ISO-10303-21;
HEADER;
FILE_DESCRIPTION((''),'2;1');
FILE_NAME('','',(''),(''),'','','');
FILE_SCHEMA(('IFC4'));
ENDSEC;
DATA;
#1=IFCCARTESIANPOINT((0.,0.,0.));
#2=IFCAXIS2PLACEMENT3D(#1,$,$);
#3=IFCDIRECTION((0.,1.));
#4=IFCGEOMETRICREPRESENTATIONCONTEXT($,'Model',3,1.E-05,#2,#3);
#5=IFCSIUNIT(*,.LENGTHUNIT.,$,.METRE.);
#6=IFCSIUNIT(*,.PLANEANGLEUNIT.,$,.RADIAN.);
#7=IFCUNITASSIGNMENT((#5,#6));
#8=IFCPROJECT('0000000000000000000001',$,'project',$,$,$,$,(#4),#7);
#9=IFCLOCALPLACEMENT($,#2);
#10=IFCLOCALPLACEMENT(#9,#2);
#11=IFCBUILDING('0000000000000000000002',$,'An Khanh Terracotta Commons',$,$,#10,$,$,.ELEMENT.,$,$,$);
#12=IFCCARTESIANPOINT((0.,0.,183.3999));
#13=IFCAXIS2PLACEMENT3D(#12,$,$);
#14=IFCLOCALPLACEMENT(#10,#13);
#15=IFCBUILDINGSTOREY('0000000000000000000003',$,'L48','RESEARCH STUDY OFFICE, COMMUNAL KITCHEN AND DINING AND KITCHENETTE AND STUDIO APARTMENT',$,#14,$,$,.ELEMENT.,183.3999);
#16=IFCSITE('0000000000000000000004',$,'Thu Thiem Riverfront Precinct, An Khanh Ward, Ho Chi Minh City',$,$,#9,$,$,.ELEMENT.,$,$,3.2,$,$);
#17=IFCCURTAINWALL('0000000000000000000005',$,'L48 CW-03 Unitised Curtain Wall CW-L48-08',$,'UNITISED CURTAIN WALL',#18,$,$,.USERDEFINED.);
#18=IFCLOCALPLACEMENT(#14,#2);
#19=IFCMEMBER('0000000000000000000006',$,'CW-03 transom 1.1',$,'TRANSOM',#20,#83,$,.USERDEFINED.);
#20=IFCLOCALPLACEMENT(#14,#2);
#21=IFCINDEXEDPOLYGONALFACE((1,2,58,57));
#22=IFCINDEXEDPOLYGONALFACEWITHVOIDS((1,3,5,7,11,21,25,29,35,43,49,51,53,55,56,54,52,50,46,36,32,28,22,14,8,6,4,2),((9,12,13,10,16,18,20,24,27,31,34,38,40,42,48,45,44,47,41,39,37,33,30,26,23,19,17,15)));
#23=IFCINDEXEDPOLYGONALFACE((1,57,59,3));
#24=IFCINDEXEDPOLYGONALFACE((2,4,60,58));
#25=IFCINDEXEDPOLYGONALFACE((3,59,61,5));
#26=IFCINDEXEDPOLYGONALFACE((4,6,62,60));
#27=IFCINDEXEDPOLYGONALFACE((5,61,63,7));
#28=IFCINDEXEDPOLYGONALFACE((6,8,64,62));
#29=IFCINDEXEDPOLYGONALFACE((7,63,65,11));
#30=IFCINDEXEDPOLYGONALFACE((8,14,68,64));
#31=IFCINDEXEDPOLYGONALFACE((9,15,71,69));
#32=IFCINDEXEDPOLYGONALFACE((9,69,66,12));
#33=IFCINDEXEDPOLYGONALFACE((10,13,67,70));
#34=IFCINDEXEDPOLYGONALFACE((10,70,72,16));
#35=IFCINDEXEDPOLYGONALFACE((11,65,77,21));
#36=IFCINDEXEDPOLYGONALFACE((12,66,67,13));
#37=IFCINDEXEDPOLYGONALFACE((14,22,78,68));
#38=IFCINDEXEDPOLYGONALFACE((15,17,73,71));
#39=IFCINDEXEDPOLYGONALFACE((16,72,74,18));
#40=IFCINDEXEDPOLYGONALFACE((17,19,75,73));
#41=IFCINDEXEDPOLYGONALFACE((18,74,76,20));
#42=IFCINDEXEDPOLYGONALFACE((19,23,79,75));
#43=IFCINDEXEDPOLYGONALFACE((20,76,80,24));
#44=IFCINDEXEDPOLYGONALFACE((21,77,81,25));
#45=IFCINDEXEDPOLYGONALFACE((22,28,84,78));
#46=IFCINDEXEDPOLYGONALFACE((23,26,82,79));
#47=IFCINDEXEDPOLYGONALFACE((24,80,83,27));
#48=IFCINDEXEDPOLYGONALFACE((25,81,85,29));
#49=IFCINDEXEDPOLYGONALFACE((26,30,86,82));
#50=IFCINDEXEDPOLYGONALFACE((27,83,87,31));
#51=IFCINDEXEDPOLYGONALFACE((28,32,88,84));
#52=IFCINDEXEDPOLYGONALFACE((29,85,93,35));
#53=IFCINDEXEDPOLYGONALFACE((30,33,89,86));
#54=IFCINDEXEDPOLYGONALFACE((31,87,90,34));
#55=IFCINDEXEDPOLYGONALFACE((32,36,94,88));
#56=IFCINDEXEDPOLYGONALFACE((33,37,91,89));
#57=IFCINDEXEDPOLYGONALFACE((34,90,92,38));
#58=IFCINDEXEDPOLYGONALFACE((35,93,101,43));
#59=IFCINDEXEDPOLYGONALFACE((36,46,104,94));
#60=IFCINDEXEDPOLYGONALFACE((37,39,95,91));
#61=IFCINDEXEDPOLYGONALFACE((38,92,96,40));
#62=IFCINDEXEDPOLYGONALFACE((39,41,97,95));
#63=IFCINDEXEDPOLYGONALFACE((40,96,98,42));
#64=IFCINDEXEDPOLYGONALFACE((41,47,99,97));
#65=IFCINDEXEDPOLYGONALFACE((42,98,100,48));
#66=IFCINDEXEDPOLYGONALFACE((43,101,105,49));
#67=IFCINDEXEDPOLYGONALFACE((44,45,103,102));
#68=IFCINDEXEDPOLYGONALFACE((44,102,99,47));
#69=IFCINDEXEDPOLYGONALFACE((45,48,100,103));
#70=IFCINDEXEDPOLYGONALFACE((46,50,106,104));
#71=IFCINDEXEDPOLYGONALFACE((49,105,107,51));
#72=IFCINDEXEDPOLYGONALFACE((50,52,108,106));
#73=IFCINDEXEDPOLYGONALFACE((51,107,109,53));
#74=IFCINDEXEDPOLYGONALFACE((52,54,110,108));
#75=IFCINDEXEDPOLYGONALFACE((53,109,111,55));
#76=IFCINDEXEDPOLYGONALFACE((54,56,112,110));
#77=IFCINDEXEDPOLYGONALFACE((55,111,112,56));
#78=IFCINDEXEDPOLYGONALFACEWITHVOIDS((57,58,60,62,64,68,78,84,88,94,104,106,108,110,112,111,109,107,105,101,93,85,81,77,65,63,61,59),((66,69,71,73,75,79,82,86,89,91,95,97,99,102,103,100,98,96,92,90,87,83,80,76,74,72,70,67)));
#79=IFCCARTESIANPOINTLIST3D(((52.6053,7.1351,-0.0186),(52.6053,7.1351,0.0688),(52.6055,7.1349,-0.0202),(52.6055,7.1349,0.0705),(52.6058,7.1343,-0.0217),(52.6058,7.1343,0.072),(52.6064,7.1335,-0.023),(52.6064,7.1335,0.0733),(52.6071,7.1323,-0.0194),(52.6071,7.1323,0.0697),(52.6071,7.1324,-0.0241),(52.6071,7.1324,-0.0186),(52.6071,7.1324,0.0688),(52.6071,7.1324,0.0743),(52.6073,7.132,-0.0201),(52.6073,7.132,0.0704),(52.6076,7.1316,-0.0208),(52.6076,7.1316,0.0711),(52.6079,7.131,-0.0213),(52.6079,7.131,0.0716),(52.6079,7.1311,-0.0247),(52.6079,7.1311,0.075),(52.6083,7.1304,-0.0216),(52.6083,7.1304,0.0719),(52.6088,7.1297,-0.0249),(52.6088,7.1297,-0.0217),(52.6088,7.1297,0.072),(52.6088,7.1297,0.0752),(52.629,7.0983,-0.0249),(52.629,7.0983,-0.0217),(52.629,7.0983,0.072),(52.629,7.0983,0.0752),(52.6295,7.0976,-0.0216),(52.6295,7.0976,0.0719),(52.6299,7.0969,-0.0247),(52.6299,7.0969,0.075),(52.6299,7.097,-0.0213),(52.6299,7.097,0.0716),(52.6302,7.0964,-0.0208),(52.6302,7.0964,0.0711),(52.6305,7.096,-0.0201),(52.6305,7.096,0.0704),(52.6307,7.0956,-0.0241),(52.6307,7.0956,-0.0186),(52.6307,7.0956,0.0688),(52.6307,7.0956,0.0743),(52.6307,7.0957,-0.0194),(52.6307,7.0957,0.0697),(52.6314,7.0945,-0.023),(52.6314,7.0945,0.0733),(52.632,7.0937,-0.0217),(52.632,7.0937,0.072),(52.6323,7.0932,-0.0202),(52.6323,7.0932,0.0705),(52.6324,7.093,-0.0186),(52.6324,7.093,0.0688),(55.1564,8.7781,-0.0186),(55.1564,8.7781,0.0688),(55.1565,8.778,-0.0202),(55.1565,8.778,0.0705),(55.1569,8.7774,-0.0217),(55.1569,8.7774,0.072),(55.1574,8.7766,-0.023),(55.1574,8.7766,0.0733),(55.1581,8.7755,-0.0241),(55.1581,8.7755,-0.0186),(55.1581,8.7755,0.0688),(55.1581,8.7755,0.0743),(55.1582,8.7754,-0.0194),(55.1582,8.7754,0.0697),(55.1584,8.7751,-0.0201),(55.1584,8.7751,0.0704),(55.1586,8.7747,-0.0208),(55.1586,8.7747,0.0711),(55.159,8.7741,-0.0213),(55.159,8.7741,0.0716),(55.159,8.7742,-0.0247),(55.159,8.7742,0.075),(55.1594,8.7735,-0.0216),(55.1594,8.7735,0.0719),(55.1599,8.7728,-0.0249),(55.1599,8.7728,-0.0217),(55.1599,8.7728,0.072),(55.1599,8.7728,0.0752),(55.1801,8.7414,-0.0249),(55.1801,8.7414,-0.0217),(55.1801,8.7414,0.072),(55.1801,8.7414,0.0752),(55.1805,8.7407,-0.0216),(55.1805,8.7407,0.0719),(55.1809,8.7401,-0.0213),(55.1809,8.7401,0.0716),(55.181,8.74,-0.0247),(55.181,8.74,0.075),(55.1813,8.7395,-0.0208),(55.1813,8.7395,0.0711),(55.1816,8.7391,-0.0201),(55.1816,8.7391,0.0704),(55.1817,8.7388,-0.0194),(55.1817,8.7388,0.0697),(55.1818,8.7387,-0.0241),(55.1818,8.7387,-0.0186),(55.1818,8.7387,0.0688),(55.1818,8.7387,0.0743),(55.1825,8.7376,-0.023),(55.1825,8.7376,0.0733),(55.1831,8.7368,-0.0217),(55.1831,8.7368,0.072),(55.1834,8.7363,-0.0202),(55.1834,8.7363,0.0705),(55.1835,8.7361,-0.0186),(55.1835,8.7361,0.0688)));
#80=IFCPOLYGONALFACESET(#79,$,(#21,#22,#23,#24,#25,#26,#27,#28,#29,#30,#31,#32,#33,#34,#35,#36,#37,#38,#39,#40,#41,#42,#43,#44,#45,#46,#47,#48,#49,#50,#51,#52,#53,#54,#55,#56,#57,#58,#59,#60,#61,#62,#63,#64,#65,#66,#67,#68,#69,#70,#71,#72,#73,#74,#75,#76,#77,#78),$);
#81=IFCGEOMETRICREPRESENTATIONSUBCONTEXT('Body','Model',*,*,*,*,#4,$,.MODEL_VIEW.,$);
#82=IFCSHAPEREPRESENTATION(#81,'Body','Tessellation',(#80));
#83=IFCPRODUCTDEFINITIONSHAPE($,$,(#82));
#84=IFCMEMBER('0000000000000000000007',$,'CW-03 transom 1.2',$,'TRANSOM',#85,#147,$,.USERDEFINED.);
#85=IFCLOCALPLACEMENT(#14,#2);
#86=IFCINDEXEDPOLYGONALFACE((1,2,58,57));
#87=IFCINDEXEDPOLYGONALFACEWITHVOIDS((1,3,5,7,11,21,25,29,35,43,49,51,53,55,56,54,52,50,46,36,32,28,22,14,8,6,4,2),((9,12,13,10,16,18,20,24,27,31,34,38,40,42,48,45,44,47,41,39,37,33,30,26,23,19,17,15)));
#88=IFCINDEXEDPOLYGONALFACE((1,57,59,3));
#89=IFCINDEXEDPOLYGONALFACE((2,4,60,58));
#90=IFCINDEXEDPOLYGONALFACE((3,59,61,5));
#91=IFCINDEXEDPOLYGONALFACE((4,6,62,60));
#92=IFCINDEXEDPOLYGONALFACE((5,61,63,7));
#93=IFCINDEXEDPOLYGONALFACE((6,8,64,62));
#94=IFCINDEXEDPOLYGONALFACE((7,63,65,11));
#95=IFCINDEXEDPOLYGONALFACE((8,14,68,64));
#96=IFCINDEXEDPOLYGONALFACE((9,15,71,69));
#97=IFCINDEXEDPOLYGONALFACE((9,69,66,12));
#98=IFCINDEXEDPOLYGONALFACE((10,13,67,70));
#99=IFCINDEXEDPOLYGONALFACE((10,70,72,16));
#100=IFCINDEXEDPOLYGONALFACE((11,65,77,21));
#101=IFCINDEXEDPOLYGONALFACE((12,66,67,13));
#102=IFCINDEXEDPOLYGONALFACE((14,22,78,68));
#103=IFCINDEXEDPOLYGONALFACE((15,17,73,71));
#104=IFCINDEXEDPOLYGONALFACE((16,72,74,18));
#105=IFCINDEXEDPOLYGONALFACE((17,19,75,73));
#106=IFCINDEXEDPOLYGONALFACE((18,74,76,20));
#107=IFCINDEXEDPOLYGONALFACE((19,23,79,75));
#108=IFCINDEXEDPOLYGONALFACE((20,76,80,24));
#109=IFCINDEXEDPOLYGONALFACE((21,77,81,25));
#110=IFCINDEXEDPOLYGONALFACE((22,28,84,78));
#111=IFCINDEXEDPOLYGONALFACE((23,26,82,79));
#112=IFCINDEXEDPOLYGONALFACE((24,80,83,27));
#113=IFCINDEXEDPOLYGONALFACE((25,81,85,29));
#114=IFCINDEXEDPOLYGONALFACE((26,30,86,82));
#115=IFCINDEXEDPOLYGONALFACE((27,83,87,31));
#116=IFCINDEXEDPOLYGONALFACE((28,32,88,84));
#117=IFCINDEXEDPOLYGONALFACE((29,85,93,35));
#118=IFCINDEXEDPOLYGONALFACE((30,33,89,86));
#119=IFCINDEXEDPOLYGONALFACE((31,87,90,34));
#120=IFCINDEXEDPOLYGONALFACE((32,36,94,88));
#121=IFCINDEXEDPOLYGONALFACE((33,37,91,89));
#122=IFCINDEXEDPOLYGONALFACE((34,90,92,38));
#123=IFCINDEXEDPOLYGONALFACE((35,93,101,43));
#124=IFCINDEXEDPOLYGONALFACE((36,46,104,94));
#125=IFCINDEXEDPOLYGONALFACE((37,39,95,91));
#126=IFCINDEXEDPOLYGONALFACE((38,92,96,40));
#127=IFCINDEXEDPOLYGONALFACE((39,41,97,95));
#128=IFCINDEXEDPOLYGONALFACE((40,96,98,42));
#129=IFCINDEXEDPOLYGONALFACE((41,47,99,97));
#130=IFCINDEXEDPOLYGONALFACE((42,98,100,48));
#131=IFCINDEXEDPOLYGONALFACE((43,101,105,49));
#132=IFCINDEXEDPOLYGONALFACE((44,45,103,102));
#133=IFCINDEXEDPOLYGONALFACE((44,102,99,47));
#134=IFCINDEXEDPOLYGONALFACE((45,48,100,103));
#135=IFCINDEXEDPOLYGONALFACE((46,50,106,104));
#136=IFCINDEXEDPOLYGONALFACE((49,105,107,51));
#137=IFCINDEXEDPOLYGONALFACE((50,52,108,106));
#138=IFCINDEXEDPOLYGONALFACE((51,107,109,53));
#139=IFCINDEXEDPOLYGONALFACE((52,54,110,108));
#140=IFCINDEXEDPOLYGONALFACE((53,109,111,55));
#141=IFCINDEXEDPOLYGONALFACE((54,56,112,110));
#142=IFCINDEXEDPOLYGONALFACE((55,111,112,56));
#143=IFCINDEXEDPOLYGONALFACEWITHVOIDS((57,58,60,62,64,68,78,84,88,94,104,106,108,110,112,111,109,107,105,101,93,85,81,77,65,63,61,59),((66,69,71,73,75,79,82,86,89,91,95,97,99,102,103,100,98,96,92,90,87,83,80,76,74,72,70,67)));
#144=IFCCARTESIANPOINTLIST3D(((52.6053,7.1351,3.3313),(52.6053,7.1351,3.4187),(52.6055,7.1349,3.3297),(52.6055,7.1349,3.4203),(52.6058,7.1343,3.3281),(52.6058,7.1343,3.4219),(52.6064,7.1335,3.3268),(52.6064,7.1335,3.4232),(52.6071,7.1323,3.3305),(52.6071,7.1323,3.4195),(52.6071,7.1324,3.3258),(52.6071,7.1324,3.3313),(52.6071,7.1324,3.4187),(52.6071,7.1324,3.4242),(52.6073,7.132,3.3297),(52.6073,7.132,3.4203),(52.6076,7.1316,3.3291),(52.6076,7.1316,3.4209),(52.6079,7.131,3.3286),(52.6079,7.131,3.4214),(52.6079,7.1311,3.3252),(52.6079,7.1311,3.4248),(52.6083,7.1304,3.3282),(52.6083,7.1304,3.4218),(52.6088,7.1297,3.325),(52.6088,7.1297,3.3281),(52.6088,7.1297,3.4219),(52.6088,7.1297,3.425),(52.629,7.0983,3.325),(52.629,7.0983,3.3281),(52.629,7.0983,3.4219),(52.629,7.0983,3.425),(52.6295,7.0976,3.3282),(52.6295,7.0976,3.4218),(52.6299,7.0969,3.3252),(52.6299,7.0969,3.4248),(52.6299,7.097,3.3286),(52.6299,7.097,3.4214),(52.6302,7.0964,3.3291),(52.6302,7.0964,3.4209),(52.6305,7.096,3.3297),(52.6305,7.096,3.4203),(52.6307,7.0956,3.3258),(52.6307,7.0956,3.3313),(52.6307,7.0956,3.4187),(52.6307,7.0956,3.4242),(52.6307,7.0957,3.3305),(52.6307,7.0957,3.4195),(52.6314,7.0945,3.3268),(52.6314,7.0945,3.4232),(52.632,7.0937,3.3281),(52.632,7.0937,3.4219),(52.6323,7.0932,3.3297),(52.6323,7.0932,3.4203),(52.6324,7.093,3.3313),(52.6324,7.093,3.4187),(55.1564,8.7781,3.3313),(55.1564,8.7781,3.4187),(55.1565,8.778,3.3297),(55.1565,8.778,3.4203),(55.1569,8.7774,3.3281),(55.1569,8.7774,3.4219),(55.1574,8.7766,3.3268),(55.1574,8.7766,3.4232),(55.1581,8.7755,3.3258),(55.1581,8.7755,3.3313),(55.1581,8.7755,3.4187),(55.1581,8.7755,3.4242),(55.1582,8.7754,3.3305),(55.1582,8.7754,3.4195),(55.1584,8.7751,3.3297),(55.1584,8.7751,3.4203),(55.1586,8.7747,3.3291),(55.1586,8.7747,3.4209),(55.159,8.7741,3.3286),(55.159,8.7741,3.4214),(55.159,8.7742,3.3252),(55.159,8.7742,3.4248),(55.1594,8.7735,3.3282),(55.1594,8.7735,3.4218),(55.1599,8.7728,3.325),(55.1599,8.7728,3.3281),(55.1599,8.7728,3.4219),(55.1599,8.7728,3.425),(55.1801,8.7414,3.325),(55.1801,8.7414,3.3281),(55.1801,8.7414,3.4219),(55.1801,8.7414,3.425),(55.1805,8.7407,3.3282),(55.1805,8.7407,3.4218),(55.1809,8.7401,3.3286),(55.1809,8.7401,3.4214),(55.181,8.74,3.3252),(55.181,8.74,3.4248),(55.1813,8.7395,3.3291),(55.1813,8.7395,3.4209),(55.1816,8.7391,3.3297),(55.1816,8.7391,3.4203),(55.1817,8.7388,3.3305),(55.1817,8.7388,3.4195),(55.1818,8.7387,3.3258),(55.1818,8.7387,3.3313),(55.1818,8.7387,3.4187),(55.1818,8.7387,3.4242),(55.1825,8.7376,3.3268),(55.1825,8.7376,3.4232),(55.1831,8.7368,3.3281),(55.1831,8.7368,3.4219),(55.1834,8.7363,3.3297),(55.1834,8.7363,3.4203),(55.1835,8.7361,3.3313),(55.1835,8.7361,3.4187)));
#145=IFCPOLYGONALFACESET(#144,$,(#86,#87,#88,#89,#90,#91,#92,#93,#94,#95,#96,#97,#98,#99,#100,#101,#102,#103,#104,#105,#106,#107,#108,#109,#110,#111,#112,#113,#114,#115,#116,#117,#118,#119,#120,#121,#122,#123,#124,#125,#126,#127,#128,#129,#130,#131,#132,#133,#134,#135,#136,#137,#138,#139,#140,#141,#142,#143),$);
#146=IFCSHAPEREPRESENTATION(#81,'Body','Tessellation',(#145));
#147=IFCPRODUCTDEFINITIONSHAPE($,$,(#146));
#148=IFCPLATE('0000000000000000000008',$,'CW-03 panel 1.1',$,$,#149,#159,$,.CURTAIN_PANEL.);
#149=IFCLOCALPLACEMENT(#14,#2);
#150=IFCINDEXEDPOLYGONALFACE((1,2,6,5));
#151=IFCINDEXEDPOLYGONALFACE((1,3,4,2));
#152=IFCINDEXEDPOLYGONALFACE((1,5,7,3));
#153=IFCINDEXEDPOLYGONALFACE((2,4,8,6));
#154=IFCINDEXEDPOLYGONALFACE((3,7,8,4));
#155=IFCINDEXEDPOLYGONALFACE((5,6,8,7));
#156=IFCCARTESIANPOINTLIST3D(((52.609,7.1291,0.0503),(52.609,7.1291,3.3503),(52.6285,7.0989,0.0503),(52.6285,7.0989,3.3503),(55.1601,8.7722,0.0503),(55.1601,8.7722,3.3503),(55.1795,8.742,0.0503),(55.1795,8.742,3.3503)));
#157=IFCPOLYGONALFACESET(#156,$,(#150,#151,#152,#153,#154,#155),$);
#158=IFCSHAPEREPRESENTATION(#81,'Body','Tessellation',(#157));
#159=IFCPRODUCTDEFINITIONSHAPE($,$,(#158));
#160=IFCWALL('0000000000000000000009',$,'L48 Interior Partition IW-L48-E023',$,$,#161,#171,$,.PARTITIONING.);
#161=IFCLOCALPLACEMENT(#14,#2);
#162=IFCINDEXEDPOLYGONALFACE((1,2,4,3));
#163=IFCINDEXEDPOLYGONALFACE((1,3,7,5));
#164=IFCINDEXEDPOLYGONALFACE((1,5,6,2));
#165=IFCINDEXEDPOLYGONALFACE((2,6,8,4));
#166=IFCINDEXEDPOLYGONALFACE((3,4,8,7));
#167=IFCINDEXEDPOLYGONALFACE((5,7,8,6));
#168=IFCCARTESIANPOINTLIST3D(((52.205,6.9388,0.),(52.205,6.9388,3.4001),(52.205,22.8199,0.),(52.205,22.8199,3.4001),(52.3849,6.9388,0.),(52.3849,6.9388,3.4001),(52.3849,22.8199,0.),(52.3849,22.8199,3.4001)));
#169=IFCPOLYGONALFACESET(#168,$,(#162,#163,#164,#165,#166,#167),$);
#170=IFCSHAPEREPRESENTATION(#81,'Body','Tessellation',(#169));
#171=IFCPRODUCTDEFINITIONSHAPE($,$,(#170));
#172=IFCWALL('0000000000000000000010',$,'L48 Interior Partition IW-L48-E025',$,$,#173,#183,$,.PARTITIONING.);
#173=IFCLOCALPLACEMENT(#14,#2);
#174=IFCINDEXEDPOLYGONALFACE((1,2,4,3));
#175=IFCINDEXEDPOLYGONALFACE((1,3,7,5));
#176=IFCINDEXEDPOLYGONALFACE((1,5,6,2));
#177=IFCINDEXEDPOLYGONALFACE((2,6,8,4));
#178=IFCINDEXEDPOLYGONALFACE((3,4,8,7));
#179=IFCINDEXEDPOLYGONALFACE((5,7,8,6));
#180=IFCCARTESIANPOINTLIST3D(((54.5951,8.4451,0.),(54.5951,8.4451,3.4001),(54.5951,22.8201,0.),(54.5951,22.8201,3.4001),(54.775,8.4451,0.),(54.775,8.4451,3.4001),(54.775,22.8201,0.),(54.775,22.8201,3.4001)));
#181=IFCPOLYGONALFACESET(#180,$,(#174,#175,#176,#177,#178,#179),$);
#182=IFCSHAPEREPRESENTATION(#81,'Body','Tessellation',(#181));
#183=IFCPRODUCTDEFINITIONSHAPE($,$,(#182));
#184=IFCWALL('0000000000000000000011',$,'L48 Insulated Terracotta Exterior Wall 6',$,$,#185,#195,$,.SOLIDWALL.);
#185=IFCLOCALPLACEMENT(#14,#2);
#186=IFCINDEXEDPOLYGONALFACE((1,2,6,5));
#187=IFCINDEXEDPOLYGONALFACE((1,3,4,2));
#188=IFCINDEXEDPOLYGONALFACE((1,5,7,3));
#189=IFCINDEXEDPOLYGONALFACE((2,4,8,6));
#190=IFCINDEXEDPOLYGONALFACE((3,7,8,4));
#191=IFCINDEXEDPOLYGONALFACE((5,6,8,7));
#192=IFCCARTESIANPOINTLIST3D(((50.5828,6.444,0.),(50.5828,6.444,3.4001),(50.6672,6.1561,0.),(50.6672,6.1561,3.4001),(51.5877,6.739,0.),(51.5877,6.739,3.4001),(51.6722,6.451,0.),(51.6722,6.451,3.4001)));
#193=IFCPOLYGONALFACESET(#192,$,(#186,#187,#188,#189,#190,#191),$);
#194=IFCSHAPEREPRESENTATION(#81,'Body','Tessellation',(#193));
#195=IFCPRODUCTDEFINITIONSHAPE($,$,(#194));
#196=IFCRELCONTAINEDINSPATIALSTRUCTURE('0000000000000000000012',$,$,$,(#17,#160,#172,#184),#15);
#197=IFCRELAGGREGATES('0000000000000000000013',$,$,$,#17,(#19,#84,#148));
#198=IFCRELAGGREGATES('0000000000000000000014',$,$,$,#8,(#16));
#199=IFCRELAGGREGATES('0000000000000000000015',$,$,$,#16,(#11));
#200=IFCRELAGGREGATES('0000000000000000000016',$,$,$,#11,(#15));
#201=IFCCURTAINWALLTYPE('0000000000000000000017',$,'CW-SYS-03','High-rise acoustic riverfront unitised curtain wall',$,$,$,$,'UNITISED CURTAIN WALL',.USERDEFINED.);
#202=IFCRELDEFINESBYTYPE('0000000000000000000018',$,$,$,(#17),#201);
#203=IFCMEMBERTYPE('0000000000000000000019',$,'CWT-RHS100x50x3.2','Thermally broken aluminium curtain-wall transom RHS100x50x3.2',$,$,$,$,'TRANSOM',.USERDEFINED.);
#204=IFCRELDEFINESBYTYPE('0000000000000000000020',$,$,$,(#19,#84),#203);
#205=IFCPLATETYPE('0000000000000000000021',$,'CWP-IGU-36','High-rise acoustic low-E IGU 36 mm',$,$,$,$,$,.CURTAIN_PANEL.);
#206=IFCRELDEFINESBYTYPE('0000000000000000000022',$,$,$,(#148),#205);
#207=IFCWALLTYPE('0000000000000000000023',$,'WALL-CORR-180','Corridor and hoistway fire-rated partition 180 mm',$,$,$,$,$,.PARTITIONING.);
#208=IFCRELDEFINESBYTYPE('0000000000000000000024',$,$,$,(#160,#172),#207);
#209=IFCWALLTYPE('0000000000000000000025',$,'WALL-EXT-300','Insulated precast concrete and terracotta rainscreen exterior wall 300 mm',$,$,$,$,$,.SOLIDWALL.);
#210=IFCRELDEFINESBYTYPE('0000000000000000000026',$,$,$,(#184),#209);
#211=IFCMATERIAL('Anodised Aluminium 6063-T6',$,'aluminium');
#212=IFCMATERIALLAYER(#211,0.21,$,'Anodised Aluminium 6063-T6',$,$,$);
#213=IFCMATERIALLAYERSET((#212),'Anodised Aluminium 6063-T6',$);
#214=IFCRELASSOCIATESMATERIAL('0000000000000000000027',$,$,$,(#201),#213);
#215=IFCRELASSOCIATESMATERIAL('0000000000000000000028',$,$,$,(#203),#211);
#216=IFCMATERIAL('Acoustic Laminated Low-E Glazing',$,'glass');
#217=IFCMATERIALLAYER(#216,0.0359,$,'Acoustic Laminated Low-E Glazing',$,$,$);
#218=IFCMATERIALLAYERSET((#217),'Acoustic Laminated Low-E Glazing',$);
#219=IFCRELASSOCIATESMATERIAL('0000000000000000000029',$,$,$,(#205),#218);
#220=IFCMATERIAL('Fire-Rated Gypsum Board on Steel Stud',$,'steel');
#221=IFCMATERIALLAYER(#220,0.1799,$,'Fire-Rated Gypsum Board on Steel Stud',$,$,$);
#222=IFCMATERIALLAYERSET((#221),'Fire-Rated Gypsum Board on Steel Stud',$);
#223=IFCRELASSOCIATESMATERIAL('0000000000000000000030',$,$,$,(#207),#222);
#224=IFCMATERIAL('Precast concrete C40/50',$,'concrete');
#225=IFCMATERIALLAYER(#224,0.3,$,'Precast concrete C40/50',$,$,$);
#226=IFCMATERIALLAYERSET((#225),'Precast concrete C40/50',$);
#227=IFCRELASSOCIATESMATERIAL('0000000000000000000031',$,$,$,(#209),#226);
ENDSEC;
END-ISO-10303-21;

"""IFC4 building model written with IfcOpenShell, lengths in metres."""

from ifc_helpers import new_model, si_unit, direction, frame, frame_2d, origin, origin_2d, place, context, subcontext, project, spatial, rectangle, hollow_rectangle, extrude, material, layer, layer_set, material_profile, profile_set, type_object, element, aggregate, save


model = new_model("IFC4")

# Units and contexts
model_context = context("Model", 3, precision=1e-05, world=origin(), true_north=direction((0.0, 1.0)))
body_context = subcontext(model_context, "Body", "Model", "MODEL_VIEW")
ifc_project = project(units=[si_unit("LENGTHUNIT", "METRE"), si_unit("PLANEANGLEUNIT", "RADIAN")], contexts=[model_context])

# Site, building, storey
site_placement = place(None, origin())
site = spatial("IfcSite", under=ifc_project, at=site_placement, Name="Thu Thiem Riverfront Precinct, An Khanh Ward, Ho Chi Minh City", CompositionType="ELEMENT", RefElevation=3.2)
building_placement = place(site_placement, origin())
building = spatial("IfcBuilding", under=site, at=building_placement, Name="An Khanh Terracotta Commons", CompositionType="ELEMENT")
storey_placement = place(building_placement, frame((0.0, 0.0, 183.3999)))
storey = spatial("IfcBuildingStorey", under=building, at=storey_placement, Name="L48", Description="RESEARCH STUDY OFFICE, COMMUNAL KITCHEN AND DINING AND KITCHENETTE AND STUDIO APARTMENT", CompositionType="ELEMENT", Elevation=183.3999)

# Curtain wall, members, plate
ifc_material_1 = material(Name="Anodised Aluminium 6063-T6", Category="aluminium")
ifc_layer_1 = layer(ifc_material_1, 0.21, Name="Anodised Aluminium 6063-T6")
ifc_layer_set_1 = layer_set([ifc_layer_1], Name="Anodised Aluminium 6063-T6")
curtain_wall_type = type_object("IfcCurtainWallType", Name="CW-SYS-03", Description="High-rise acoustic riverfront unitised curtain wall", ElementType="UNITISED CURTAIN WALL", PredefinedType="USERDEFINED", material=ifc_layer_set_1)
curtain_wall_placement = place(storey_placement, origin())
curtain_wall = element("IfcCurtainWall", 1, at=curtain_wall_placement, inside=storey, type_object=curtain_wall_type, Name="L48 CW-03 Unitised Curtain Wall CW-L48-08", ObjectType="UNITISED CURTAIN WALL", PredefinedType="USERDEFINED")
ifc_material_profile_1 = material_profile(ifc_material_1, hollow_rectangle(XDim=0.05, YDim=0.1001, WallThickness=0.0032, InnerFilletRadius=0.0032, OuterFilletRadius=0.0063, at=origin_2d()), Name="RHS100x50x3.2")
ifc_profile_set_1 = profile_set([ifc_material_profile_1], Name="Anodised Aluminium 6063-T6")
member_type_1 = type_object("IfcMemberType", Name="CWT-RHS100x50x3.2", Description="Thermally broken aluminium curtain-wall transom RHS100x50x3.2", ElementType="TRANSOM", PredefinedType="USERDEFINED", material=ifc_profile_set_1)
member_1_placement = place(storey_placement, frame((52.6189, 7.114, 0.0251), z_axis=(0.84071, 0.541485, 0.0), x_axis=(-0.541485, 0.84071, 0.0)))
member_1 = element("IfcMember", 2, at=member_1_placement, type_object=member_type_1, Name="CW-03 transom 1.1", ObjectType="TRANSOM", PredefinedType="USERDEFINED", context=body_context, shape_type="SweptSolid", body=[
    extrude(hollow_rectangle(XDim=0.05, YDim=0.1001, WallThickness=0.0032, InnerFilletRadius=0.0032, OuterFilletRadius=0.0063, at=origin_2d()), origin(), (0.0, 0.0, 1.0), 3.0344),
])
member_2_placement = place(storey_placement, frame((52.6189, 7.114, 3.375), z_axis=(0.84071, 0.541485, 0.0), x_axis=(-0.541485, 0.84071, 0.0)))
member_2 = element("IfcMember", 3, at=member_2_placement, type_object=member_type_1, Name="CW-03 transom 1.2", ObjectType="TRANSOM", PredefinedType="USERDEFINED", context=body_context, shape_type="SweptSolid", body=[
    extrude(hollow_rectangle(XDim=0.05, YDim=0.1001, WallThickness=0.0032, InnerFilletRadius=0.0032, OuterFilletRadius=0.0063, at=origin_2d()), origin(), (0.0, 0.0, 1.0), 3.0344),
])
ifc_material_2 = material(Name="Acoustic Laminated Low-E Glazing", Category="glass")
ifc_layer_2 = layer(ifc_material_2, 0.0359, Name="Acoustic Laminated Low-E Glazing")
ifc_layer_set_2 = layer_set([ifc_layer_2], Name="Acoustic Laminated Low-E Glazing")
plate_type = type_object("IfcPlateType", Name="CWP-IGU-36", Description="High-rise acoustic low-E IGU 36 mm", PredefinedType="CURTAIN_PANEL", material=ifc_layer_set_2)
plate_placement = place(storey_placement, frame((53.8943, 7.9355, 0.0503), z_axis=(0.0, 0.0, 1.0), x_axis=(0.840702, 0.541498, 0.0)))
plate = element("IfcPlate", 4, at=plate_placement, type_object=plate_type, Name="CW-03 panel 1.1", PredefinedType="CURTAIN_PANEL", context=body_context, shape_type="SweptSolid", body=[
    extrude(rectangle(XDim=3.0344, YDim=0.0359, at=origin_2d()), origin(), (0.0, 0.0, 1.0), 3.3),
])
aggregate(curtain_wall, [member_1, member_2, plate])

# Walls
ifc_material_3 = material(Name="Fire-Rated Gypsum Board on Steel Stud", Category="steel")
ifc_layer_3 = layer(ifc_material_3, 0.1799, Name="Fire-Rated Gypsum Board on Steel Stud")
ifc_layer_set_3 = layer_set([ifc_layer_3], Name="Fire-Rated Gypsum Board on Steel Stud")
wall_type_1 = type_object("IfcWallType", Name="WALL-CORR-180", Description="Corridor and hoistway fire-rated partition 180 mm", PredefinedType="PARTITIONING", material=ifc_layer_set_3)
wall_1_placement = place(storey_placement, frame((52.2949, 6.939, 0.0), z_axis=(0.0, 0.0, 1.0), x_axis=(0.0, 1.0, 0.0)))
element("IfcWall", 5, at=wall_1_placement, inside=storey, type_object=wall_type_1, Name="L48 Interior Partition IW-L48-E023", PredefinedType="PARTITIONING", context=body_context, shape_type="SweptSolid", body=[
    extrude(rectangle(XDim=15.8811, YDim=0.1799, at=frame_2d((7.9404, 0.0))), origin(), (0.0, 0.0, 1.0), 3.4001),
])
wall_2_placement = place(storey_placement, frame((54.6851, 8.4451, 0.0), z_axis=(0.0, 0.0, 1.0), x_axis=(0.0, 1.0, 0.0)))
element("IfcWall", 6, at=wall_2_placement, inside=storey, type_object=wall_type_1, Name="L48 Interior Partition IW-L48-E025", PredefinedType="PARTITIONING", context=body_context, shape_type="SweptSolid", body=[
    extrude(rectangle(XDim=14.375, YDim=0.1799, at=frame_2d((7.1875, 0.0))), origin(), (0.0, 0.0, 1.0), 3.4001),
])
ifc_material_4 = material(Name="Precast concrete C40/50", Category="concrete")
ifc_layer_4 = layer(ifc_material_4, 0.3, Name="Precast concrete C40/50")
ifc_layer_set_4 = layer_set([ifc_layer_4], Name="Precast concrete C40/50")
wall_type_2 = type_object("IfcWallType", Name="WALL-EXT-300", Description="Insulated precast concrete and terracotta rainscreen exterior wall 300 mm", PredefinedType="SOLIDWALL", material=ifc_layer_set_4)
wall_3_placement = place(storey_placement, frame((50.625, 6.3, 0.0), z_axis=(0.0, 0.0, 1.0), x_axis=(0.959529, 0.281611, 0.0)))
element("IfcWall", 7, at=wall_3_placement, inside=storey, type_object=wall_type_2, Name="L48 Insulated Terracotta Exterior Wall 6", PredefinedType="SOLIDWALL", context=body_context, shape_type="SweptSolid", body=[
    extrude(rectangle(XDim=1.0474, YDim=0.3, at=frame_2d((0.5237, 0.0))), origin(), (0.0, 0.0, 1.0), 3.4001),
])

save(model, "model.ifc")
